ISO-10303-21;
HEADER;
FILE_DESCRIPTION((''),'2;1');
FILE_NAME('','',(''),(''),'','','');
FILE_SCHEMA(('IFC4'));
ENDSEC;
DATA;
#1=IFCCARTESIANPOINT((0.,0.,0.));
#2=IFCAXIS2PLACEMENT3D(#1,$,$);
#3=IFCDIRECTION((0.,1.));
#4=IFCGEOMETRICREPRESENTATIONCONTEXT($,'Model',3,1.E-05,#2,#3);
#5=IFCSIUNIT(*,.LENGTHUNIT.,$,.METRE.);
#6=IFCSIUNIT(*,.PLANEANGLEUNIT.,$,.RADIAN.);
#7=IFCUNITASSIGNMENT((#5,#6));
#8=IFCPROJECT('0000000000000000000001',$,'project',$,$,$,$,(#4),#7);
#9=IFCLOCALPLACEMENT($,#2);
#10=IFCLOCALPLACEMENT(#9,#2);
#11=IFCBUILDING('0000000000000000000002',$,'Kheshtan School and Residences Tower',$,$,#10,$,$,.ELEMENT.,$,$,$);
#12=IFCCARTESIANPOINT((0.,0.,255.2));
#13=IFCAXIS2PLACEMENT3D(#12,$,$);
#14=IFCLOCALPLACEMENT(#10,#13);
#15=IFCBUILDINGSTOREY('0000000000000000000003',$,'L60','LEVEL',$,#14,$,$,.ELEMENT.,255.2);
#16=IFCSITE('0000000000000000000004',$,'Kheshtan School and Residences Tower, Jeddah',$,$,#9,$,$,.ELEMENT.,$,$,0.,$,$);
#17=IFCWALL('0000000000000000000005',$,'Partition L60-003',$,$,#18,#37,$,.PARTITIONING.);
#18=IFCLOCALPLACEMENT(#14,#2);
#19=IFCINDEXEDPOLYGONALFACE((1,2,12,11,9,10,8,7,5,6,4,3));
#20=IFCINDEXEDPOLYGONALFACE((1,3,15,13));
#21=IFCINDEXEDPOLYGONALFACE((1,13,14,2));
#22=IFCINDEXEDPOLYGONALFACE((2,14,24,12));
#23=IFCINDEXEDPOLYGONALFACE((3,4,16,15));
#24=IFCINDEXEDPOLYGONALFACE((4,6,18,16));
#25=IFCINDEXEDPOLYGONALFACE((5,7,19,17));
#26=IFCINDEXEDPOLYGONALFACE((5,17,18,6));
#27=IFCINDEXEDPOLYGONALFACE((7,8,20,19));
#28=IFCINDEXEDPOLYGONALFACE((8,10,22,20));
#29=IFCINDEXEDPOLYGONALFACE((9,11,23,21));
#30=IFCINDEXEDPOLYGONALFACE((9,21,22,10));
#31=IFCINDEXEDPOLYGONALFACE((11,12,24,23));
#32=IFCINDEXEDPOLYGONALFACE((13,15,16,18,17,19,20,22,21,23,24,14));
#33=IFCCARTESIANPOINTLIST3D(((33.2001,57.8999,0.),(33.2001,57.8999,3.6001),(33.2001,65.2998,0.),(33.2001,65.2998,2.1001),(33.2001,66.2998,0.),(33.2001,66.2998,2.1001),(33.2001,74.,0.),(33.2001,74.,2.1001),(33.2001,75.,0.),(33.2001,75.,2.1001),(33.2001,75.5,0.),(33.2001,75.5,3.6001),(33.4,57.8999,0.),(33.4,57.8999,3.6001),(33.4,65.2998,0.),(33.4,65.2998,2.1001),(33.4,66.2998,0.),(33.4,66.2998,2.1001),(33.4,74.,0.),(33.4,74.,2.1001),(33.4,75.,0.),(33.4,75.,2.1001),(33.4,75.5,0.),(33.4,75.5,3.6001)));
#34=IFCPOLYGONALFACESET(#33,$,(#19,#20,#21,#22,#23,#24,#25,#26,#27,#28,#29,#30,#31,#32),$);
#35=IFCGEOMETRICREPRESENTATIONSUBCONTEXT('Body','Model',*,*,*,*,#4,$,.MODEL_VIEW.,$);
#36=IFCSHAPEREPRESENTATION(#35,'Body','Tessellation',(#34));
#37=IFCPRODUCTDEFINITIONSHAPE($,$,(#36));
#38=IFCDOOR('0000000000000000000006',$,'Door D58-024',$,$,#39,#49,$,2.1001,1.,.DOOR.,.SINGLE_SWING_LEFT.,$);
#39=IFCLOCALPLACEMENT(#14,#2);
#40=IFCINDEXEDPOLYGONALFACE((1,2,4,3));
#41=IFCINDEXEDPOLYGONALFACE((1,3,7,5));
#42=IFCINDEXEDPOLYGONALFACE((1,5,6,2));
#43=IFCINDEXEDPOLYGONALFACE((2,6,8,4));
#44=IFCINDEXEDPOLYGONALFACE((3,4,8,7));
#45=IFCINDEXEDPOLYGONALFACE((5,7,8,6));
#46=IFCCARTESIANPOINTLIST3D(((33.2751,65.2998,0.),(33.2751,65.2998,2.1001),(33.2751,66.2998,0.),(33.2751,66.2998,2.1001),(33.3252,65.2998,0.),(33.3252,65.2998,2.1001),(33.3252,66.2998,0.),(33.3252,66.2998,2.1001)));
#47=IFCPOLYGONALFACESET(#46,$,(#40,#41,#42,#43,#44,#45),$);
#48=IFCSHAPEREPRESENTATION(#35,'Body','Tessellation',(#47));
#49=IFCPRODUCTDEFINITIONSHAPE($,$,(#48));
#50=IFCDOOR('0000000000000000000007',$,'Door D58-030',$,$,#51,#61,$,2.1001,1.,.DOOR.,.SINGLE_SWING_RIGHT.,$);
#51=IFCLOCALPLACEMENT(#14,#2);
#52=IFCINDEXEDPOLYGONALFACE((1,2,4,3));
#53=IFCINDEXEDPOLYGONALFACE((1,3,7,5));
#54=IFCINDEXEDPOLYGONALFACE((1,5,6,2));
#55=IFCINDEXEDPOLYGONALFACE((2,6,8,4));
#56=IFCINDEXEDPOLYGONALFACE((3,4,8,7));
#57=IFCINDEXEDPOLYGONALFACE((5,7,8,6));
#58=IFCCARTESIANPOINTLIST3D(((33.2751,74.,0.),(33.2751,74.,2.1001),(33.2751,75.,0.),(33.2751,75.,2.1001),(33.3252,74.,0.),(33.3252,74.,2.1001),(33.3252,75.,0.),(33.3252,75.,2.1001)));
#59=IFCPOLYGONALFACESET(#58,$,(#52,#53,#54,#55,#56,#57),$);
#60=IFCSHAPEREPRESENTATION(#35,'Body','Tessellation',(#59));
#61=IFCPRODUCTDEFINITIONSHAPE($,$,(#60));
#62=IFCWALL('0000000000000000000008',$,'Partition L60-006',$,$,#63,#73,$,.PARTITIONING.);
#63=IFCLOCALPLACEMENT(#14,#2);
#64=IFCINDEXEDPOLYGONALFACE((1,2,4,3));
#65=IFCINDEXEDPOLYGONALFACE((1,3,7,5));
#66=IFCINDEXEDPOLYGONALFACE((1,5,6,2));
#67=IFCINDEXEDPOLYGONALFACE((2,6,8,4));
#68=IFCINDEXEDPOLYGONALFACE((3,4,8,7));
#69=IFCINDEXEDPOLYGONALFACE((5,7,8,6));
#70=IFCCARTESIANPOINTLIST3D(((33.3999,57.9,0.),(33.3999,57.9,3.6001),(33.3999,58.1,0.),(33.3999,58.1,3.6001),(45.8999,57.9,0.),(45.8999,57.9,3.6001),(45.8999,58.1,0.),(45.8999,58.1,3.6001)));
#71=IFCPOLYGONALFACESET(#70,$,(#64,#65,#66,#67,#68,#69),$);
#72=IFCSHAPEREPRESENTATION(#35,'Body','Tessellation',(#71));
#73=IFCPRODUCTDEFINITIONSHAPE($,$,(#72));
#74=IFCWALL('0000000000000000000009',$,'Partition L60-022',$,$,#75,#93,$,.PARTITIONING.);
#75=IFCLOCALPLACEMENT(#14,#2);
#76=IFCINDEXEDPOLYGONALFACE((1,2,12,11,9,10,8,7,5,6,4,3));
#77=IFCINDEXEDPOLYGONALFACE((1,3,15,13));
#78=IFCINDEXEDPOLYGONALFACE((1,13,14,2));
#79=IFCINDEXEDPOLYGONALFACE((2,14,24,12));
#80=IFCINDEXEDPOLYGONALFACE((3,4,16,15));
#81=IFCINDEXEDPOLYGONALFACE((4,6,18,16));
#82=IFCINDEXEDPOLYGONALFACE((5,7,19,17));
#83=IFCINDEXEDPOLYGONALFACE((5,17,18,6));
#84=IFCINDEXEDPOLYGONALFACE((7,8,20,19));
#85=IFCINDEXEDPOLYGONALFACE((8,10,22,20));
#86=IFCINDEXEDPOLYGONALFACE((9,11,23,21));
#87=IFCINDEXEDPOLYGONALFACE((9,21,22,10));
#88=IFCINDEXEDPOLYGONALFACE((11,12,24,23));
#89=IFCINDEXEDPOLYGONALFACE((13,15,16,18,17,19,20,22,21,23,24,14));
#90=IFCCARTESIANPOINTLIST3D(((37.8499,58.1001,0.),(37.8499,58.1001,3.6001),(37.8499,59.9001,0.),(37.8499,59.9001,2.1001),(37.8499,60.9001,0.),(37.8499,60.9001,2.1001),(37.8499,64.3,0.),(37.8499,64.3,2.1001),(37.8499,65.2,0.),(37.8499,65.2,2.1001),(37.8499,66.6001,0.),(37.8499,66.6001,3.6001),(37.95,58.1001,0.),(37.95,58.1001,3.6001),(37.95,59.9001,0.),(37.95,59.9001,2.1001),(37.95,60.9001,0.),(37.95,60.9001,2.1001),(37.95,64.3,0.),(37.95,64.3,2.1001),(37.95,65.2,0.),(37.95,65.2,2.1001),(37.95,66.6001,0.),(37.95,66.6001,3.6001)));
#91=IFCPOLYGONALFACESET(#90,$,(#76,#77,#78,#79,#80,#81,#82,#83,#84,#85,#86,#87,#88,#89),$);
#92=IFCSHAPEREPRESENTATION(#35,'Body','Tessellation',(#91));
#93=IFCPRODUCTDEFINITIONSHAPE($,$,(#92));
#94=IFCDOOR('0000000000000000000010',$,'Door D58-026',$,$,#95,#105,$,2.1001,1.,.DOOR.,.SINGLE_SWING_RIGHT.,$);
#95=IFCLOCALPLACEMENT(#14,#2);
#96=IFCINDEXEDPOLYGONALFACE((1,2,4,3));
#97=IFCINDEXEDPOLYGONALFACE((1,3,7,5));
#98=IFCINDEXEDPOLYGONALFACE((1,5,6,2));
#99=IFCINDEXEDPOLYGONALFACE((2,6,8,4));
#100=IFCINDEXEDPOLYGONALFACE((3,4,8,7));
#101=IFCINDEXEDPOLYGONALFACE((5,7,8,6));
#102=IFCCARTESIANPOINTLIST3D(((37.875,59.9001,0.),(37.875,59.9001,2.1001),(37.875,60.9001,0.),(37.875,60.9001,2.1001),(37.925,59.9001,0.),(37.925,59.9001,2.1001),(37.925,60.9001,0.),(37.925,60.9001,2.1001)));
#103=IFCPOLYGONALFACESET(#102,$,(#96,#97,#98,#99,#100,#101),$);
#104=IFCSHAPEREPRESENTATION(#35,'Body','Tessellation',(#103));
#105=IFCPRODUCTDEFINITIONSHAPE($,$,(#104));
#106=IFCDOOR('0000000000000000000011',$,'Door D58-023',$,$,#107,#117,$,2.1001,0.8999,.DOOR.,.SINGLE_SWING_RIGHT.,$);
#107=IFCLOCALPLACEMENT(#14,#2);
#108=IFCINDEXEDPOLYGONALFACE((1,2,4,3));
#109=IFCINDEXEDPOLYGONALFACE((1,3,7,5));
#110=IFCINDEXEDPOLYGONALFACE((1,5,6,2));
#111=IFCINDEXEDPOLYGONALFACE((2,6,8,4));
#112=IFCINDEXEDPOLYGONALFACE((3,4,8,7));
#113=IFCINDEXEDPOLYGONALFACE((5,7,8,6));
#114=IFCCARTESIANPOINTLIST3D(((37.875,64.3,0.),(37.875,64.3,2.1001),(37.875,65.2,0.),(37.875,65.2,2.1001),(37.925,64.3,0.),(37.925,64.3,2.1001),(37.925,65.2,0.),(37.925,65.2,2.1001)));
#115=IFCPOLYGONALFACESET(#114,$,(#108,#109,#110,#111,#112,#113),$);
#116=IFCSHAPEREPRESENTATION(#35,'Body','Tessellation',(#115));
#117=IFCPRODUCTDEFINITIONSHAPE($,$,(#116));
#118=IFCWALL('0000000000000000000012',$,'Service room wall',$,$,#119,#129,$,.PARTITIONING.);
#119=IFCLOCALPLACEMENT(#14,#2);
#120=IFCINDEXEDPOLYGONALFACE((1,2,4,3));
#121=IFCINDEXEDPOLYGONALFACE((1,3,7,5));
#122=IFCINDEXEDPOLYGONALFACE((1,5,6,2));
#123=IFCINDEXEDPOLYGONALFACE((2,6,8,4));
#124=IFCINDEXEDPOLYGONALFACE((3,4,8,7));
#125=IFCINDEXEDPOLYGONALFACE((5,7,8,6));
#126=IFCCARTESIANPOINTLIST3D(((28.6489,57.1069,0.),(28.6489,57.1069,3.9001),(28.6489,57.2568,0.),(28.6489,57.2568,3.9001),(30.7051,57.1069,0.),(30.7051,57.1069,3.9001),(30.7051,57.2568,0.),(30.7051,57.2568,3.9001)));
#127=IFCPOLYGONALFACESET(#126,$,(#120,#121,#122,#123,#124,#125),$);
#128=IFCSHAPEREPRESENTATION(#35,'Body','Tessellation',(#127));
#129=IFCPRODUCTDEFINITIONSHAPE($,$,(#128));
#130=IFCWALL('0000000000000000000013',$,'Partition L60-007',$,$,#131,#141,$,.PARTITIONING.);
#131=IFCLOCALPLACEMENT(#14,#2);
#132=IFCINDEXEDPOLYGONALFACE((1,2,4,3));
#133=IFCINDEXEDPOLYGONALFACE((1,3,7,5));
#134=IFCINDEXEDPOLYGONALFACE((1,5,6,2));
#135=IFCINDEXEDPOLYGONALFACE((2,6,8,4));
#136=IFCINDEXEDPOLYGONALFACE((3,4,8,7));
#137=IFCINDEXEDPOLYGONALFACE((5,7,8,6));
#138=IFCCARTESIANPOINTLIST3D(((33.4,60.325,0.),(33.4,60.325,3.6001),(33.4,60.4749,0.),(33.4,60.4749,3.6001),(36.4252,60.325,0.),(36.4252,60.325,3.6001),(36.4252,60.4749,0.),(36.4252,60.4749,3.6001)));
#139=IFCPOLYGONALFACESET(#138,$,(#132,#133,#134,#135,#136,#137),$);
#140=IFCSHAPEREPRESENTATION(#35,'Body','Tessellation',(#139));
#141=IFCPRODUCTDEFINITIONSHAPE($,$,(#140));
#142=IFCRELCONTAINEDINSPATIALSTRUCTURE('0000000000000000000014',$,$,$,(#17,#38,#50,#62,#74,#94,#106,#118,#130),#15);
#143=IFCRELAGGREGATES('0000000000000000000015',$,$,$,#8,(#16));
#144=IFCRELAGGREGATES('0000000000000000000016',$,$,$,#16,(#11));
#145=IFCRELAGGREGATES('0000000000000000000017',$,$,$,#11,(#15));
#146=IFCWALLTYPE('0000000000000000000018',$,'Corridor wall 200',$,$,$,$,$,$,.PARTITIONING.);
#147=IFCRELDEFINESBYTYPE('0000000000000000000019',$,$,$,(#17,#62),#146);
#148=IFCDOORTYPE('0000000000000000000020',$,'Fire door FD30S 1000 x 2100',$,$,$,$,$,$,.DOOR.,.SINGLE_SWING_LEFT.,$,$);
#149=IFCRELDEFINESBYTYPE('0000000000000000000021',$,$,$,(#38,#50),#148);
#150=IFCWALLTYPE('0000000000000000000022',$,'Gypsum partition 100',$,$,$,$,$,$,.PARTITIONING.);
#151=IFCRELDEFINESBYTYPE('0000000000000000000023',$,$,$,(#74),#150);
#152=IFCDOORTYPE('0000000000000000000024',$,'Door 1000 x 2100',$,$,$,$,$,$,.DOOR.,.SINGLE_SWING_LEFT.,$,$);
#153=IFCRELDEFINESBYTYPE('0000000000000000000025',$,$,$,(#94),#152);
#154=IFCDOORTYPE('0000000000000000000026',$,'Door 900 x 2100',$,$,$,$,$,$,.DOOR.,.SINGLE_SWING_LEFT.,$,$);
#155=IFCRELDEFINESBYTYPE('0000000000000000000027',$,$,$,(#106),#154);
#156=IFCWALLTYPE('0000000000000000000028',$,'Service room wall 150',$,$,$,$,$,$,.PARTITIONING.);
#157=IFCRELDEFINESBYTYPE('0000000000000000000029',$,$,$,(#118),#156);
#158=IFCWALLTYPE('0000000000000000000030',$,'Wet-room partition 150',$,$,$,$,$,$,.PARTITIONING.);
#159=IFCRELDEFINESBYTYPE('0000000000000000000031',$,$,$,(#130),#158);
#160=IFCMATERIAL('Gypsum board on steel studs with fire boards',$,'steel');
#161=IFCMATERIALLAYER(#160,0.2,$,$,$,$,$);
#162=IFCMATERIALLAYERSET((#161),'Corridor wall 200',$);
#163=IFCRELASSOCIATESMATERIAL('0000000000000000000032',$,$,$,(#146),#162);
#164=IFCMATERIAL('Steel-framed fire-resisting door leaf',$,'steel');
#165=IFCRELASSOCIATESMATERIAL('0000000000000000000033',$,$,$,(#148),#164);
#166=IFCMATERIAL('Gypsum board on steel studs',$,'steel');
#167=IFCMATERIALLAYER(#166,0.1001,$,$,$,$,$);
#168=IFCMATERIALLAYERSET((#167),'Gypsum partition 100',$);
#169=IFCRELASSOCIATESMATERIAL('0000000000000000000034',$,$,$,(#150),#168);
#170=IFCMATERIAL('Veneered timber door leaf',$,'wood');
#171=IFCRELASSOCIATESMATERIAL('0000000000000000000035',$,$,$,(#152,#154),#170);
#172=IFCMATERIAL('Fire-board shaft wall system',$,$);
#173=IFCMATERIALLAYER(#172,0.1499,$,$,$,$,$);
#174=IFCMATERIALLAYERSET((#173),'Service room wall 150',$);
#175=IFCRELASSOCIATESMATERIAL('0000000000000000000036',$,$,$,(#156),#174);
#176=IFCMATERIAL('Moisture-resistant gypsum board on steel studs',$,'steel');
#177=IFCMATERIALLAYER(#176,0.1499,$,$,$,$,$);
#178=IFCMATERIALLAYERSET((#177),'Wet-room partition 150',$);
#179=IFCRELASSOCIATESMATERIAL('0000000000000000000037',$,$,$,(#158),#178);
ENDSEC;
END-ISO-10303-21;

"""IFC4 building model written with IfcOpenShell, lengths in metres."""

from ifc_helpers import new_model, si_unit, direction, frame, frame_2d, origin, place, context, subcontext, project, spatial, rectangle, extrude, source, transform, mapped, material, layer, layer_set, type_object, element, fill, save


model = new_model("IFC4")

# Units and contexts
model_context = context("Model", 3, precision=1e-05, world=origin(), true_north=direction((0.0, 1.0)))
body_context = subcontext(model_context, "Body", "Model", "MODEL_VIEW")
ifc_project = project(units=[si_unit("LENGTHUNIT", "METRE"), si_unit("PLANEANGLEUNIT", "RADIAN")], contexts=[model_context])

# Site, building, storey
site_placement = place(None, origin())
site = spatial("IfcSite", under=ifc_project, at=site_placement, Name="Kheshtan School and Residences Tower, Jeddah", CompositionType="ELEMENT", RefElevation=0.0)
building_placement = place(site_placement, origin())
building = spatial("IfcBuilding", under=site, at=building_placement, Name="Kheshtan School and Residences Tower", CompositionType="ELEMENT")
storey_placement = place(building_placement, frame((0.0, 0.0, 255.2)))
storey = spatial("IfcBuildingStorey", under=building, at=storey_placement, Name="L60", Description="LEVEL", CompositionType="ELEMENT", Elevation=255.2)

# Wall, openings, doors
ifc_material_1 = material(Name="Gypsum board on steel studs with fire boards", Category="steel")
ifc_layer_1 = layer(ifc_material_1, 0.2)
ifc_layer_set_1 = layer_set([ifc_layer_1], Name="Corridor wall 200")
wall_type_1 = type_object("IfcWallType", Name="Corridor wall 200", PredefinedType="PARTITIONING", material=ifc_layer_set_1)
wall_1_placement = place(storey_placement, frame((33.3, 57.8999, 0.0), z_axis=(0.0, 0.0, 1.0), x_axis=(0.0, 1.0, 0.0)))
wall_1 = element("IfcWall", 1, at=wall_1_placement, inside=storey, type_object=wall_type_1, Name="Partition L60-003", PredefinedType="PARTITIONING", context=body_context, shape_type="SweptSolid", body=[
    extrude(rectangle(XDim=17.6001, YDim=0.2, at=frame_2d((8.8, 0.0))), origin(), (0.0, 0.0, 1.0), 3.6001),
])
opening_1_placement = place(wall_1_placement, frame((7.3999, 0.0, 0.0)))
opening_1 = element("IfcOpeningElement", 2, at=opening_1_placement, cuts=wall_1, PredefinedType="OPENING", context=body_context, shape_type="SweptSolid", body=[
    extrude(rectangle(XDim=1.0, YDim=2.1001, at=frame_2d((0.5, 1.05))), frame((0.0, 0.1099, 0.0), z_axis=(0.0, -1.0, 0.0), x_axis=(1.0, 0.0, 0.0)), (0.0, 0.0, 1.0), 0.22),
])
opening_2_placement = place(wall_1_placement, frame((16.1001, 0.0, 0.0)))
opening_2 = element("IfcOpeningElement", 3, at=opening_2_placement, cuts=wall_1, PredefinedType="OPENING", context=body_context, shape_type="SweptSolid", body=[
    extrude(rectangle(XDim=1.0, YDim=2.1001, at=frame_2d((0.5, 1.05))), frame((0.0, 0.1099, 0.0), z_axis=(0.0, -1.0, 0.0), x_axis=(1.0, 0.0, 0.0)), (0.0, 0.0, 1.0), 0.22),
])
ifc_material_2 = material(Name="Steel-framed fire-resisting door leaf", Category="steel")
door_type_1 = type_object("IfcDoorType", Name="Fire door FD30S 1000 x 2100", OperationType="SINGLE_SWING_LEFT", PredefinedType="DOOR", material=ifc_material_2)
shared_shape_1 = source(origin(), body_context, "Body", "SweptSolid", [
    extrude(rectangle(XDim=1.0, YDim=2.1001, at=frame_2d((0.5, 1.05))), frame((0.0, 0.0249, 0.0), z_axis=(0.0, -1.0, 0.0), x_axis=(1.0, 0.0, 0.0)), (0.0, 0.0, 1.0), 0.05),
])
door_1_placement = place(opening_1_placement, origin())
door_1 = element("IfcDoor", 4, at=door_1_placement, inside=storey, type_object=door_type_1, Name="Door D58-024", OperationType="SINGLE_SWING_LEFT", OverallHeight=2.1001, OverallWidth=1.0, PredefinedType="DOOR", context=body_context, shape_type="MappedRepresentation", body=[
    mapped(shared_shape_1, transform((0.0, 0.0, 0.0), x_axis=(1.0, 0.0, 0.0), y_axis=(0.0, 1.0, 0.0), z_axis=(0.0, 0.0, 1.0), scale=1.0)),
])
fill(opening_1, door_1)
door_2_placement = place(opening_2_placement, origin())
door_2 = element("IfcDoor", 5, at=door_2_placement, inside=storey, type_object=door_type_1, Name="Door D58-030", OperationType="SINGLE_SWING_RIGHT", OverallHeight=2.1001, OverallWidth=1.0, PredefinedType="DOOR", context=body_context, shape_type="MappedRepresentation", body=[
    mapped(shared_shape_1, transform((0.0, 0.0, 0.0), x_axis=(1.0, 0.0, 0.0), y_axis=(0.0, 1.0, 0.0), z_axis=(0.0, 0.0, 1.0), scale=1.0)),
])
fill(opening_2, door_2)

# Wall
wall_2_placement = place(storey_placement, frame((33.3999, 58.0, 0.0), z_axis=(0.0, 0.0, 1.0), x_axis=(1.0, 0.0, 0.0)))
element("IfcWall", 6, at=wall_2_placement, inside=storey, type_object=wall_type_1, Name="Partition L60-006", PredefinedType="PARTITIONING", context=body_context, shape_type="SweptSolid", body=[
    extrude(rectangle(XDim=12.5, YDim=0.2, at=frame_2d((6.25, 0.0))), origin(), (0.0, 0.0, 1.0), 3.6001),
])

# Wall, openings, doors
ifc_material_3 = material(Name="Gypsum board on steel studs", Category="steel")
ifc_layer_2 = layer(ifc_material_3, 0.1001)
ifc_layer_set_2 = layer_set([ifc_layer_2], Name="Gypsum partition 100")
wall_type_2 = type_object("IfcWallType", Name="Gypsum partition 100", PredefinedType="PARTITIONING", material=ifc_layer_set_2)
wall_3_placement = place(storey_placement, frame((37.8999, 58.1001, 0.0), z_axis=(0.0, 0.0, 1.0), x_axis=(0.0, 1.0, 0.0)))
wall_3 = element("IfcWall", 7, at=wall_3_placement, inside=storey, type_object=wall_type_2, Name="Partition L60-022", PredefinedType="PARTITIONING", context=body_context, shape_type="SweptSolid", body=[
    extrude(rectangle(XDim=8.5, YDim=0.1001, at=frame_2d((4.25, 0.0))), origin(), (0.0, 0.0, 1.0), 3.6001),
])
opening_3_placement = place(wall_3_placement, frame((6.2, 0.0, 0.0)))
opening_3 = element("IfcOpeningElement", 8, at=opening_3_placement, cuts=wall_3, PredefinedType="OPENING", context=body_context, shape_type="SweptSolid", body=[
    extrude(rectangle(XDim=0.8999, YDim=2.1001, at=frame_2d((0.45, 1.05))), frame((0.0, 0.0601, 0.0), z_axis=(0.0, -1.0, 0.0), x_axis=(1.0, 0.0, 0.0)), (0.0, 0.0, 1.0), 0.1201),
])
opening_4_placement = place(wall_3_placement, frame((1.8, 0.0, 0.0)))
opening_4 = element("IfcOpeningElement", 9, at=opening_4_placement, cuts=wall_3, PredefinedType="OPENING", context=body_context, shape_type="SweptSolid", body=[
    extrude(rectangle(XDim=1.0, YDim=2.1001, at=frame_2d((0.5, 1.05))), frame((0.0, 0.0601, 0.0), z_axis=(0.0, -1.0, 0.0), x_axis=(1.0, 0.0, 0.0)), (0.0, 0.0, 1.0), 0.1201),
])
ifc_material_4 = material(Name="Veneered timber door leaf", Category="wood")
door_type_2 = type_object("IfcDoorType", Name="Door 1000 x 2100", OperationType="SINGLE_SWING_LEFT", PredefinedType="DOOR", material=ifc_material_4)
shared_shape_2 = source(origin(), body_context, "Body", "SweptSolid", [
    extrude(rectangle(XDim=1.0, YDim=2.1001, at=frame_2d((0.5, 1.05))), frame((0.0, 0.0249, 0.0), z_axis=(0.0, -1.0, 0.0), x_axis=(1.0, 0.0, 0.0)), (0.0, 0.0, 1.0), 0.05),
])
door_3_placement = place(opening_4_placement, origin())
door_3 = element("IfcDoor", 10, at=door_3_placement, inside=storey, type_object=door_type_2, Name="Door D58-026", OperationType="SINGLE_SWING_RIGHT", OverallHeight=2.1001, OverallWidth=1.0, PredefinedType="DOOR", context=body_context, shape_type="MappedRepresentation", body=[
    mapped(shared_shape_2, transform((0.0, 0.0, 0.0), x_axis=(1.0, 0.0, 0.0), y_axis=(0.0, 1.0, 0.0), z_axis=(0.0, 0.0, 1.0), scale=1.0)),
])
fill(opening_4, door_3)
door_type_3 = type_object("IfcDoorType", Name="Door 900 x 2100", OperationType="SINGLE_SWING_LEFT", PredefinedType="DOOR", material=ifc_material_4)
shared_shape_3 = source(origin(), body_context, "Body", "SweptSolid", [
    extrude(rectangle(XDim=0.8999, YDim=2.1001, at=frame_2d((0.45, 1.05))), frame((0.0, 0.0249, 0.0), z_axis=(0.0, -1.0, 0.0), x_axis=(1.0, 0.0, 0.0)), (0.0, 0.0, 1.0), 0.05),
])
door_4_placement = place(opening_3_placement, origin())
door_4 = element("IfcDoor", 11, at=door_4_placement, inside=storey, type_object=door_type_3, Name="Door D58-023", OperationType="SINGLE_SWING_RIGHT", OverallHeight=2.1001, OverallWidth=0.8999, PredefinedType="DOOR", context=body_context, shape_type="MappedRepresentation", body=[
    mapped(shared_shape_3, transform((0.0, 0.0, 0.0), x_axis=(1.0, 0.0, 0.0), y_axis=(0.0, 1.0, 0.0), z_axis=(0.0, 0.0, 1.0), scale=1.0)),
])
fill(opening_3, door_4)

# Walls
ifc_material_5 = material(Name="Fire-board shaft wall system")
ifc_layer_3 = layer(ifc_material_5, 0.1499)
ifc_layer_set_3 = layer_set([ifc_layer_3], Name="Service room wall 150")
wall_type_3 = type_object("IfcWallType", Name="Service room wall 150", PredefinedType="PARTITIONING", material=ifc_layer_set_3)
wall_4_placement = place(storey_placement, frame((28.6489, 57.1819, 0.0), z_axis=(0.0, 0.0, 1.0), x_axis=(1.0, 0.0, 0.0)))
element("IfcWall", 12, at=wall_4_placement, inside=storey, type_object=wall_type_3, Name="Service room wall", PredefinedType="PARTITIONING", context=body_context, shape_type="SweptSolid", body=[
    extrude(rectangle(XDim=2.0562, YDim=0.1499, at=frame_2d((1.0281, 0.0))), origin(), (0.0, 0.0, 1.0), 3.9001),
])
ifc_material_6 = material(Name="Moisture-resistant gypsum board on steel studs", Category="steel")
ifc_layer_4 = layer(ifc_material_6, 0.1499)
ifc_layer_set_4 = layer_set([ifc_layer_4], Name="Wet-room partition 150")
wall_type_4 = type_object("IfcWallType", Name="Wet-room partition 150", PredefinedType="PARTITIONING", material=ifc_layer_set_4)
wall_5_placement = place(storey_placement, frame((33.3999, 60.3999, 0.0), z_axis=(0.0, 0.0, 1.0), x_axis=(1.0, 0.0, 0.0)))
element("IfcWall", 13, at=wall_5_placement, inside=storey, type_object=wall_type_4, Name="Partition L60-007", PredefinedType="PARTITIONING", context=body_context, shape_type="SweptSolid", body=[
    extrude(rectangle(XDim=3.0251, YDim=0.1499, at=frame_2d((1.5127, 0.0))), origin(), (0.0, 0.0, 1.0), 3.6001),
])

save(model, "model.ifc")
